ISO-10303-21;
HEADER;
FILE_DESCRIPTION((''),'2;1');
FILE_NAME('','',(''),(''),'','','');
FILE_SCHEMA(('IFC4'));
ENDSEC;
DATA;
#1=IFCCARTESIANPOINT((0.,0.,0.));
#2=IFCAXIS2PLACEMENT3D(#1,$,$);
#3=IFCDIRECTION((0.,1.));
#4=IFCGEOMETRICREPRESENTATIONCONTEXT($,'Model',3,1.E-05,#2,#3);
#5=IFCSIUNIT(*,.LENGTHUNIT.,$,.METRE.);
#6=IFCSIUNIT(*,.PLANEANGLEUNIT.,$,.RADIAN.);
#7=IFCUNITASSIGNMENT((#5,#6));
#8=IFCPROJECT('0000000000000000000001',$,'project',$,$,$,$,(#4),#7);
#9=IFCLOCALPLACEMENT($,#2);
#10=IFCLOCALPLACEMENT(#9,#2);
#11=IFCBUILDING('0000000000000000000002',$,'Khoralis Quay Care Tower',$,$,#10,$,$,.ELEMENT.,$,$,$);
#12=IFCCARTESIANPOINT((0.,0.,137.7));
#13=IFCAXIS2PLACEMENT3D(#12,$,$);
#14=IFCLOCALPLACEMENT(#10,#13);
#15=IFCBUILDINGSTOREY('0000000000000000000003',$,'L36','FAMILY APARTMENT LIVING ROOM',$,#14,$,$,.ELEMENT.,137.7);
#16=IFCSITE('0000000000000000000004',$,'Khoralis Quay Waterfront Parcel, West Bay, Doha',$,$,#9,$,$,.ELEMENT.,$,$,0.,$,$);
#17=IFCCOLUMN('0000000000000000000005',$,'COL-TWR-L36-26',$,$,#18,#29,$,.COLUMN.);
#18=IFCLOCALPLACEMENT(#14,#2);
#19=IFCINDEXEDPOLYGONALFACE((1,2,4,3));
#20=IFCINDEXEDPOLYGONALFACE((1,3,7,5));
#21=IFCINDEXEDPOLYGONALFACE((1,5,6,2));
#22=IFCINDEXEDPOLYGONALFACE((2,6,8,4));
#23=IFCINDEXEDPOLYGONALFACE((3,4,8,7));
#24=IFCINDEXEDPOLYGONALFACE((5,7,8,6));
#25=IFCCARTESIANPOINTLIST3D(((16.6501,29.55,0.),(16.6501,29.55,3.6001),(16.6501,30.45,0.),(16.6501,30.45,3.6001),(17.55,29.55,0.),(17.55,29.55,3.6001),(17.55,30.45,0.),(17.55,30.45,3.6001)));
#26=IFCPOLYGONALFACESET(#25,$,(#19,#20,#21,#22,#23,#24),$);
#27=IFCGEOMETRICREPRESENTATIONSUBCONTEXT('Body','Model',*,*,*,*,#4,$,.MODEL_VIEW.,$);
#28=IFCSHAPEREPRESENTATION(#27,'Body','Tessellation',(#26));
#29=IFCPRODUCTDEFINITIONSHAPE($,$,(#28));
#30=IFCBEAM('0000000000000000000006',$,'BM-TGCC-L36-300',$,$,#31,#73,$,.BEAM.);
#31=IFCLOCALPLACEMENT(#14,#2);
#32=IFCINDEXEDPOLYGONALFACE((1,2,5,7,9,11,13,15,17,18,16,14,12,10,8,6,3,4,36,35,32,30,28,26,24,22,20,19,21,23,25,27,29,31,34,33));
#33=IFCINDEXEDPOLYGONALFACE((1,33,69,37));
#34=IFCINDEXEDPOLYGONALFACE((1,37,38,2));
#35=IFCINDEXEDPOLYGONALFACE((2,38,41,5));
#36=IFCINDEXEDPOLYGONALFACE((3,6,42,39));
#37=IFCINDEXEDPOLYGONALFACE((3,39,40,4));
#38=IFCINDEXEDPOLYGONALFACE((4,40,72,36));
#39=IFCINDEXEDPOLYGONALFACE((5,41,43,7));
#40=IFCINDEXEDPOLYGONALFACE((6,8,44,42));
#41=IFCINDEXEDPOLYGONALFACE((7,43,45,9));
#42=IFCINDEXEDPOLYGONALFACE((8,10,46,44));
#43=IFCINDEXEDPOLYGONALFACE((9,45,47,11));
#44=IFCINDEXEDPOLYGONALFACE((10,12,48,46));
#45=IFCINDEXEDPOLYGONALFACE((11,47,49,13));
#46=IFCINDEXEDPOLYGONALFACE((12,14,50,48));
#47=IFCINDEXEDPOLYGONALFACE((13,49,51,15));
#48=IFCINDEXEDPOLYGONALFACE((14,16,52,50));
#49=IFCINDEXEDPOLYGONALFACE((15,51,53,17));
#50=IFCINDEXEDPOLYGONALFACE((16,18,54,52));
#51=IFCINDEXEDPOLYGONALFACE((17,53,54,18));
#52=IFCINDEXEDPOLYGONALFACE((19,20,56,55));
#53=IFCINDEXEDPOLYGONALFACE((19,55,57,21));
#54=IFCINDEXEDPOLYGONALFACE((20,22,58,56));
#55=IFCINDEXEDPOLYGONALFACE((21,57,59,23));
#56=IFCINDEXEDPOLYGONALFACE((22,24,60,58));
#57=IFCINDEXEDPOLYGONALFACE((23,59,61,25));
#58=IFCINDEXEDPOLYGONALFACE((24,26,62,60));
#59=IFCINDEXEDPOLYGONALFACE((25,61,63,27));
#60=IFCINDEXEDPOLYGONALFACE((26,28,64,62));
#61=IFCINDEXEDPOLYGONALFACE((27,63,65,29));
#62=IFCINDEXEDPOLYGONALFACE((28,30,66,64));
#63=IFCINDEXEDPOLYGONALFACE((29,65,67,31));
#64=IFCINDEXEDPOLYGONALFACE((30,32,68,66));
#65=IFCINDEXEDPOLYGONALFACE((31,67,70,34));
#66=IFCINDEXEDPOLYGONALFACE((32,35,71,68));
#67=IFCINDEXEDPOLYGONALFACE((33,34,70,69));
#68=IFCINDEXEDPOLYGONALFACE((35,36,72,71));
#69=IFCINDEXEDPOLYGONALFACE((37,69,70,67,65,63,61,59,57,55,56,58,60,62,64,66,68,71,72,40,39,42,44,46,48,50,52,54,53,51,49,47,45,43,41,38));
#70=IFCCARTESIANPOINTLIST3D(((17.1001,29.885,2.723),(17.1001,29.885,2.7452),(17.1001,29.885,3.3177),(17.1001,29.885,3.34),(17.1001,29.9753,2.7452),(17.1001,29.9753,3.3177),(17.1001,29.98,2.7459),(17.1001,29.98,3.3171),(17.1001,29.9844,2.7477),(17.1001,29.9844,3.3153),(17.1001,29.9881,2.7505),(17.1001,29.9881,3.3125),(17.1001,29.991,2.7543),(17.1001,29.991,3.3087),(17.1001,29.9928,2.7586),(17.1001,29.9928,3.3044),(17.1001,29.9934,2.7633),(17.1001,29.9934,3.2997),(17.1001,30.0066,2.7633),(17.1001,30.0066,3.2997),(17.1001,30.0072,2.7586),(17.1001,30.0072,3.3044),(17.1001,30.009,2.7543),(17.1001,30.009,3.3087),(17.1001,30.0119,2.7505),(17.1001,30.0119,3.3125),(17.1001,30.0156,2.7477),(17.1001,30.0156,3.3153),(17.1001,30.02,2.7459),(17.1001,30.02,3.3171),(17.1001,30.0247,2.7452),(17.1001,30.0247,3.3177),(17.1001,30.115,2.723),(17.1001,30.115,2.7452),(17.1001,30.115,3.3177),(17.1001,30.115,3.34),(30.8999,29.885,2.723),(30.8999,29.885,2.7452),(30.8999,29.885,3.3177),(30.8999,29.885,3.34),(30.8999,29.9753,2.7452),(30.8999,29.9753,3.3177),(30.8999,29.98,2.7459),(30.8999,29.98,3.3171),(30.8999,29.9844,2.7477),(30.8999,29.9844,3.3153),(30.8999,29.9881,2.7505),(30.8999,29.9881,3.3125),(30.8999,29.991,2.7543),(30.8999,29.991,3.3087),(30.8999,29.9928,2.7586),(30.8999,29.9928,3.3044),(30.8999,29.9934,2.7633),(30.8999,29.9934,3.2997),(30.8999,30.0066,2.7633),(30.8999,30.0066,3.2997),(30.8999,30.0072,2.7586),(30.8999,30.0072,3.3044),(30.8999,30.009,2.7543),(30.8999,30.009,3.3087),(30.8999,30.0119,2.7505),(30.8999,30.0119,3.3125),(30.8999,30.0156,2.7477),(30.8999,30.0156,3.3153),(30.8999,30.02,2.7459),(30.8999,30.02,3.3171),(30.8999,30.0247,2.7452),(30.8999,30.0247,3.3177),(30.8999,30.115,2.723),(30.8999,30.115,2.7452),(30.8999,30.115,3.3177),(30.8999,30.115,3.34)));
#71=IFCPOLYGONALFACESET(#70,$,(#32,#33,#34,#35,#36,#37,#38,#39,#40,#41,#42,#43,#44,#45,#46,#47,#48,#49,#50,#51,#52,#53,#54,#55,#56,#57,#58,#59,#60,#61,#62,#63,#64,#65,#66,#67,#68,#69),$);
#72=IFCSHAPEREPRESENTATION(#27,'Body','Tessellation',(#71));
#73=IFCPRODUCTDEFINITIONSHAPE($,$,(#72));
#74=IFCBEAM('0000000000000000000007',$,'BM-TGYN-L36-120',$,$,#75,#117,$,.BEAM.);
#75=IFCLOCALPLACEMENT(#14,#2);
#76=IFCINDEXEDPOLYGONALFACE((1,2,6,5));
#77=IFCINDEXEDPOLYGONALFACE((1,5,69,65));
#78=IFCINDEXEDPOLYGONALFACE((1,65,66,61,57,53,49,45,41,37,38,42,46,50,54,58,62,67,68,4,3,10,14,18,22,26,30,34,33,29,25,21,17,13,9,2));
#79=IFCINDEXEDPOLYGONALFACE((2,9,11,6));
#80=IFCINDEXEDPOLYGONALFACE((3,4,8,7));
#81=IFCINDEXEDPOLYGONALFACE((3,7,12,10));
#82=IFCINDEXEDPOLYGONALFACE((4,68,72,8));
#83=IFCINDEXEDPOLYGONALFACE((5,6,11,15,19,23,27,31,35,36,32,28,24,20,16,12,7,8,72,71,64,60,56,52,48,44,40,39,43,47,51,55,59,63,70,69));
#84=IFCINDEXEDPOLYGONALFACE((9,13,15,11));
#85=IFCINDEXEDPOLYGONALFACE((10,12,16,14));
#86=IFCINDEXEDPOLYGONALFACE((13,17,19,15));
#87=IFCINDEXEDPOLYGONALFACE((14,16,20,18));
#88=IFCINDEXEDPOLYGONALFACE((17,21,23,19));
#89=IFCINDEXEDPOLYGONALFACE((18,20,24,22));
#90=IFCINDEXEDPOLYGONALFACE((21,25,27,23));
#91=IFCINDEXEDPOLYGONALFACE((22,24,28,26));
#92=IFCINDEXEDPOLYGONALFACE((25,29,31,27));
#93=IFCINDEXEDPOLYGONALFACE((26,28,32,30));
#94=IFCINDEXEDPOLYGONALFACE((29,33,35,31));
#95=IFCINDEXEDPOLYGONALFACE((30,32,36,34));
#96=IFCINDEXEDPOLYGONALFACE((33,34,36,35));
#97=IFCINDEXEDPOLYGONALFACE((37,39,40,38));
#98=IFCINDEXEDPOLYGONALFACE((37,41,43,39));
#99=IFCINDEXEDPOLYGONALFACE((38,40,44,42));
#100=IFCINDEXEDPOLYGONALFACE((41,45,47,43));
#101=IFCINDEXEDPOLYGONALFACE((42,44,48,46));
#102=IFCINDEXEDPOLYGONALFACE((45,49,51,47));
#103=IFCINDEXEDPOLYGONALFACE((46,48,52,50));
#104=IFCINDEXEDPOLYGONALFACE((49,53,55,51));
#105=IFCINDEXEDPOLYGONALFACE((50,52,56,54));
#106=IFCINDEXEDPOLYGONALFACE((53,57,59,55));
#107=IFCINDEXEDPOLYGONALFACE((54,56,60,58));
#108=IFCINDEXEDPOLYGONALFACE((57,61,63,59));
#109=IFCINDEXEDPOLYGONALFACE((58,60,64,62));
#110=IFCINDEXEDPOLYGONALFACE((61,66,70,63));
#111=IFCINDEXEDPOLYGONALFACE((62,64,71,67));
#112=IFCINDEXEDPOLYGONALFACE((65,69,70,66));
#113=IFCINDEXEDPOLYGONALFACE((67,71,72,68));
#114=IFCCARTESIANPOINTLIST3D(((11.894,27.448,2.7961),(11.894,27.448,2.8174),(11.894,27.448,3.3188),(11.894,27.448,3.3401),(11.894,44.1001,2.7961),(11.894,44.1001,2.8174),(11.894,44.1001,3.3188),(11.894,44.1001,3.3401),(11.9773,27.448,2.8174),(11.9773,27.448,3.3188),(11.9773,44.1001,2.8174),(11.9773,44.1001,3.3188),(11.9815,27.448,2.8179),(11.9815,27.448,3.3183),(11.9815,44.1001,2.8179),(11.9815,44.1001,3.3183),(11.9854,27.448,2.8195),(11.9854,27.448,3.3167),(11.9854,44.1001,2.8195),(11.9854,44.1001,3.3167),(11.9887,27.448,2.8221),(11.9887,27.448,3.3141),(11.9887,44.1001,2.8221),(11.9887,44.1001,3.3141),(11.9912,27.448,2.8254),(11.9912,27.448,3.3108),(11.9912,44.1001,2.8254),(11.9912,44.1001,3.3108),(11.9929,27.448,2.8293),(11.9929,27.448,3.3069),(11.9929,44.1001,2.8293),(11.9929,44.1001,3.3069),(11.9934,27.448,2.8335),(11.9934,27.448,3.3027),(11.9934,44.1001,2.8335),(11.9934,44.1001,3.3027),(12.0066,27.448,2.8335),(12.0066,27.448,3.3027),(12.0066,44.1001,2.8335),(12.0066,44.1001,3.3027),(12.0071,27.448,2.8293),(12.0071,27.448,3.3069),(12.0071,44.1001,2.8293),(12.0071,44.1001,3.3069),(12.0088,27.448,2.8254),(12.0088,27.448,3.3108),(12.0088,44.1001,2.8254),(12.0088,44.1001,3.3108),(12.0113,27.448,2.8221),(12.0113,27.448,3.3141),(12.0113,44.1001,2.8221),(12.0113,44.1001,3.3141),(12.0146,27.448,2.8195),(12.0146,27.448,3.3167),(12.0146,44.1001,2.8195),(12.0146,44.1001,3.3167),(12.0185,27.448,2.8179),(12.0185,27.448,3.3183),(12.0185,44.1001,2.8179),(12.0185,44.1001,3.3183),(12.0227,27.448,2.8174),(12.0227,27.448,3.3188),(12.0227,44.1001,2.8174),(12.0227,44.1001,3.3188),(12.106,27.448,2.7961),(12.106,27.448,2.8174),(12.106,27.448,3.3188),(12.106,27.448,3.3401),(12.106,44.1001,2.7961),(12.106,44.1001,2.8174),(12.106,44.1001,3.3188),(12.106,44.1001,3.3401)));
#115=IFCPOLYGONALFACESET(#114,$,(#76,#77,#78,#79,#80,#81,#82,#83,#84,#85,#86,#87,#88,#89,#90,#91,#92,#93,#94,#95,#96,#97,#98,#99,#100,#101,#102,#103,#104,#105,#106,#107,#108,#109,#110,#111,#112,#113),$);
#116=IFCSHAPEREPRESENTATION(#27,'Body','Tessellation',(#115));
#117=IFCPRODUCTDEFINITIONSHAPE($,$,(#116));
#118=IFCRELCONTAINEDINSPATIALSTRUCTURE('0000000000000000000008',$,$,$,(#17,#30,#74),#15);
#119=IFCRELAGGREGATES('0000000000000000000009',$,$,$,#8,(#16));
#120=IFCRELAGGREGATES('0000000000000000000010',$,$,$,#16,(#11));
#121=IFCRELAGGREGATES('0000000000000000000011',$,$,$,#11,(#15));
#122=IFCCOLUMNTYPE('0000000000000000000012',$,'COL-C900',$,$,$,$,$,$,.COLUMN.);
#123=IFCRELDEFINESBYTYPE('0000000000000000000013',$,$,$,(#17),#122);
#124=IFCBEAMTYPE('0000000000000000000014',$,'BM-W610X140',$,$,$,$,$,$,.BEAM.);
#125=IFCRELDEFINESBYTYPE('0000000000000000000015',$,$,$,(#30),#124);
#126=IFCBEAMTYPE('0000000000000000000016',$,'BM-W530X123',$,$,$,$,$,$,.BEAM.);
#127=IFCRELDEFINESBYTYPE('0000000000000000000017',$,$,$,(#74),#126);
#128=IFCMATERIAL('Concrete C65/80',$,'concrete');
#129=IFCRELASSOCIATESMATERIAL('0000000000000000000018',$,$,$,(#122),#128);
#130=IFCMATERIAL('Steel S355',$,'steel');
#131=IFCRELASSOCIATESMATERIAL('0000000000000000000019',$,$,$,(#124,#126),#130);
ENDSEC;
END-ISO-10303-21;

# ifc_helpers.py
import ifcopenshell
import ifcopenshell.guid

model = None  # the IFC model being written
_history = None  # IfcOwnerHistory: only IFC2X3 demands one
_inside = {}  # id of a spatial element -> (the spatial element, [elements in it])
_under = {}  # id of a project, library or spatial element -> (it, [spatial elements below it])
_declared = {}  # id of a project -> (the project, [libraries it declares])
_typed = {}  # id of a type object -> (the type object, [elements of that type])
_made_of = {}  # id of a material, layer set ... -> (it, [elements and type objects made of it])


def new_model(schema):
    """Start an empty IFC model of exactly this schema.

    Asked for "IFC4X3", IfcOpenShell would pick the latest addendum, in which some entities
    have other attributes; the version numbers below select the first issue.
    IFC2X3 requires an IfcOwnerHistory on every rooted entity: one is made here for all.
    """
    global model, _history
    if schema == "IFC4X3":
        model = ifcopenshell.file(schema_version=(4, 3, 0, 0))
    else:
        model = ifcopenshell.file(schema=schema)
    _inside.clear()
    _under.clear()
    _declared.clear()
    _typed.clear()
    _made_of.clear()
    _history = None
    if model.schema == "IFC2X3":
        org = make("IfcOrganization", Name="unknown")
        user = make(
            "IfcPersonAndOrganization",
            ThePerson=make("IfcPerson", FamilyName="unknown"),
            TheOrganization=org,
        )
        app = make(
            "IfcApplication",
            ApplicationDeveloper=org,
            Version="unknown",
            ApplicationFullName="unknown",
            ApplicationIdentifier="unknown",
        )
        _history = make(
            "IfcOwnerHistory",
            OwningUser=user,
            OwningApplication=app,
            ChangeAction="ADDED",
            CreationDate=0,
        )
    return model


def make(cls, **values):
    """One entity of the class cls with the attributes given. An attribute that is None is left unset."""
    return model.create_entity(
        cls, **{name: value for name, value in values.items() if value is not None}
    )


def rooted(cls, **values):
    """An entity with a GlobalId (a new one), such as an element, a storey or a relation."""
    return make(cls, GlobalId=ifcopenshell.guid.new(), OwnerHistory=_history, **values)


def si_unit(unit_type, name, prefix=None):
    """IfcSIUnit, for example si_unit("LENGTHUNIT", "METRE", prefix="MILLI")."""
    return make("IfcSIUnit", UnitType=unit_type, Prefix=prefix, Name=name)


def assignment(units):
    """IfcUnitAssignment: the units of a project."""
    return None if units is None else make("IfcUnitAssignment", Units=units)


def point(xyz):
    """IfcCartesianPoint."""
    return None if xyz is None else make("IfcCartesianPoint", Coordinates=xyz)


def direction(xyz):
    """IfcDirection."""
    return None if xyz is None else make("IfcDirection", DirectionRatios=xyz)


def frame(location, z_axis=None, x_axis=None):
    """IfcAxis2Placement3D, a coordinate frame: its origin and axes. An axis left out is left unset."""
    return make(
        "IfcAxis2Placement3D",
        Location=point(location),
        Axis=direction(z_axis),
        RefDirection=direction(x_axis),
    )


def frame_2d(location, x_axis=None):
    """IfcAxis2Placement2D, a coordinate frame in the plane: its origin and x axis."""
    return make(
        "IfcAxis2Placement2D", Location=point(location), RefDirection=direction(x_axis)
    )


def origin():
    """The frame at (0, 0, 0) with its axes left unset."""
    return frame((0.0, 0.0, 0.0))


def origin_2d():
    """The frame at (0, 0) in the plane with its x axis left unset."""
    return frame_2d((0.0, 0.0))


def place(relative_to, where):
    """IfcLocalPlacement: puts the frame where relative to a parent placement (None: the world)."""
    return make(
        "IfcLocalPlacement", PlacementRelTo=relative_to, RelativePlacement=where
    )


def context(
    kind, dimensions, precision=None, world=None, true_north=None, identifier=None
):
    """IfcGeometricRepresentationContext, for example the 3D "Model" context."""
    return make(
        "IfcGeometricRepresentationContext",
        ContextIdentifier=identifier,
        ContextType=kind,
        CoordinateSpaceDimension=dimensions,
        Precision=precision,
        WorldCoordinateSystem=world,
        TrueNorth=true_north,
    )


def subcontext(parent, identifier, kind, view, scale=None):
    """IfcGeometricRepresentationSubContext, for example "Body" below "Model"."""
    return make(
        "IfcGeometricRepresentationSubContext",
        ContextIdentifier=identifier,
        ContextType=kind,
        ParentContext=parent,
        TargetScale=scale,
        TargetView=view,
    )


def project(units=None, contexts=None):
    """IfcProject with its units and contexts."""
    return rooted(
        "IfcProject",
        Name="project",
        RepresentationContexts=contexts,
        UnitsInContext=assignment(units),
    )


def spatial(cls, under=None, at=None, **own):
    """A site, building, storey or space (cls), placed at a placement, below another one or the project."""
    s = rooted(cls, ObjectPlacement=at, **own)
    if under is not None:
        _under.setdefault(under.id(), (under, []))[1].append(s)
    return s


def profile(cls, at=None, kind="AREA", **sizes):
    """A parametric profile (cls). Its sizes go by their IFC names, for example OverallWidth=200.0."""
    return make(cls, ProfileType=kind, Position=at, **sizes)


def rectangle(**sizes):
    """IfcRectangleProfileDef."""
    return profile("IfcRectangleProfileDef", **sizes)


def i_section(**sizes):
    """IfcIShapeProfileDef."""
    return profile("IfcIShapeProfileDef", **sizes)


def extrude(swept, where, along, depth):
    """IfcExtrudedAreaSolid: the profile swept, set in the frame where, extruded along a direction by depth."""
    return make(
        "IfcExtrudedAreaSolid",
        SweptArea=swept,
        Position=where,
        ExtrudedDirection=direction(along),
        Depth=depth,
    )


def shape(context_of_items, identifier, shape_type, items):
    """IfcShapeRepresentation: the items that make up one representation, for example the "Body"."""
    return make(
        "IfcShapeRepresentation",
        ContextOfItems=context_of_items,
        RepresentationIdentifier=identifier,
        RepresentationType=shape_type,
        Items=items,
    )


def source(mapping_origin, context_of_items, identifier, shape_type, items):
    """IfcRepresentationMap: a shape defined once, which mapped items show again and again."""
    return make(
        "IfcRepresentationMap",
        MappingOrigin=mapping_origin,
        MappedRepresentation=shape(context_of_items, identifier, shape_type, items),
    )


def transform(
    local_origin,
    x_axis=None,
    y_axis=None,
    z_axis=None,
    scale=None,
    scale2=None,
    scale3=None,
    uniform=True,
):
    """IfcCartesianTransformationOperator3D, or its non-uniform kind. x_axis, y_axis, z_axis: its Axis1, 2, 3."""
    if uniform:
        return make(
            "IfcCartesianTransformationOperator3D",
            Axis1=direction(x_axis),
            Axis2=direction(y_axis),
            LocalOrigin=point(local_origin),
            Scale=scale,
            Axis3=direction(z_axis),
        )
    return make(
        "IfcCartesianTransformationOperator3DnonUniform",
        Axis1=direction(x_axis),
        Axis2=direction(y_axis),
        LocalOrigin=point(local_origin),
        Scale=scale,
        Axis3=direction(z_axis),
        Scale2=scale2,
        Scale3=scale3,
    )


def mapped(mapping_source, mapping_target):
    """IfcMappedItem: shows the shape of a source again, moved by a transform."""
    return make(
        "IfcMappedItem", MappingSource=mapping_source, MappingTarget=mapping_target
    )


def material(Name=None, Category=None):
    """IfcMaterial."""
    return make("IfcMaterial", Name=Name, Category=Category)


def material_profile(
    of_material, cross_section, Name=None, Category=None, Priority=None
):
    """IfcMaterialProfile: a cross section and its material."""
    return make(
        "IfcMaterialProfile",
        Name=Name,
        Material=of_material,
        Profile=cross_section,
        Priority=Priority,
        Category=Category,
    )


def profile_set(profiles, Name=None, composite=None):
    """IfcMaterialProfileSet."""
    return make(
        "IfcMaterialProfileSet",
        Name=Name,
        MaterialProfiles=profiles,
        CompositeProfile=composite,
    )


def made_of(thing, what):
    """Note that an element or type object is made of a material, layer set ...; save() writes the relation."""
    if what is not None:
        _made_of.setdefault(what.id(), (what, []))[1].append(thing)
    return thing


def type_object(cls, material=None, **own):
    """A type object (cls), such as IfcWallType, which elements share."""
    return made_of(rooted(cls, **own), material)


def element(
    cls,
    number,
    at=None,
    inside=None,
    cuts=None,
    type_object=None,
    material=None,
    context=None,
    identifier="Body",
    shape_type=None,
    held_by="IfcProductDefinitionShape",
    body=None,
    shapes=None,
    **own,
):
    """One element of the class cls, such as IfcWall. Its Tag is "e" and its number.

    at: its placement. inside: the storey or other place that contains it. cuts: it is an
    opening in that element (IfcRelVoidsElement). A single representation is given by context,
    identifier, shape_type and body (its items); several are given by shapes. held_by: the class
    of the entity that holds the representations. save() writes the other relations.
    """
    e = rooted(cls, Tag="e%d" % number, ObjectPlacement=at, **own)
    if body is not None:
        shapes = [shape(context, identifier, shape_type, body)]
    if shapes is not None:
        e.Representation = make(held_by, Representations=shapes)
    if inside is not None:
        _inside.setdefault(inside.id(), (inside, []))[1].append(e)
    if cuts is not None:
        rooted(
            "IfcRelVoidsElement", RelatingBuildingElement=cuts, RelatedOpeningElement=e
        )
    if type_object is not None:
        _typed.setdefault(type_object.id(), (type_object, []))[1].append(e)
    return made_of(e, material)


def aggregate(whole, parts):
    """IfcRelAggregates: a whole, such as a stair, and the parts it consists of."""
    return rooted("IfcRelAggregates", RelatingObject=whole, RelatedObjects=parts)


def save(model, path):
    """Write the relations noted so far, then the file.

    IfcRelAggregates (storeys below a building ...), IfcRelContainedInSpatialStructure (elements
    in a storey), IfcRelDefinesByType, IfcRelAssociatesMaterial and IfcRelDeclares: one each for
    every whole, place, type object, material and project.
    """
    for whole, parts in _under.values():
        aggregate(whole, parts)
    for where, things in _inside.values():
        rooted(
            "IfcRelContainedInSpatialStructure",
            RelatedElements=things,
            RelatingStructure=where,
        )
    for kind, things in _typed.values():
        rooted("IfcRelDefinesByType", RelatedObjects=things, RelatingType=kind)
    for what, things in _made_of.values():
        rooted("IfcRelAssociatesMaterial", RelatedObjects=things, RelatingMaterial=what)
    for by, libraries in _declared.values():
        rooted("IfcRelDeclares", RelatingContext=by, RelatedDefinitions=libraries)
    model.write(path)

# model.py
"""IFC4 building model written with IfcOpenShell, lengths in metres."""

from ifc_helpers import new_model, si_unit, direction, frame, origin, origin_2d, place, context, subcontext, project, spatial, rectangle, i_section, extrude, source, transform, mapped, material, material_profile, profile_set, type_object, element, save


model = new_model("IFC4")

# Units and contexts
model_context = context("Model", 3, precision=1e-05, world=origin(), true_north=direction((0.0, 1.0)))
body_context = subcontext(model_context, "Body", "Model", "MODEL_VIEW")
ifc_project = project(units=[si_unit("LENGTHUNIT", "METRE"), si_unit("PLANEANGLEUNIT", "RADIAN")], contexts=[model_context])

# Site, building, storey
site_placement = place(None, origin())
site = spatial("IfcSite", under=ifc_project, at=site_placement, Name="Khoralis Quay Waterfront Parcel, West Bay, Doha", CompositionType="ELEMENT", RefElevation=0.0)
building_placement = place(site_placement, origin())
building = spatial("IfcBuilding", under=site, at=building_placement, Name="Khoralis Quay Care Tower", CompositionType="ELEMENT")
storey_placement = place(building_placement, frame((0.0, 0.0, 137.7)))
storey = spatial("IfcBuildingStorey", under=building, at=storey_placement, Name="L36", Description="FAMILY APARTMENT LIVING ROOM", CompositionType="ELEMENT", Elevation=137.7)

# Column
ifc_material_1 = material(Name="Concrete C65/80", Category="concrete")
ifc_material_profile_1 = material_profile(ifc_material_1, rectangle(XDim=0.8999, YDim=0.8999, at=origin_2d()), Name="Concrete C65/80")
ifc_profile_set_1 = profile_set([ifc_material_profile_1], Name="Concrete C65/80")
column_type = type_object("IfcColumnType", Name="COL-C900", PredefinedType="COLUMN", material=ifc_profile_set_1)
shared_shape_1 = source(origin(), body_context, "Body", "SweptSolid", [
    extrude(rectangle(XDim=0.8999, YDim=0.8999, at=origin_2d()), origin(), (0.0, 0.0, 1.0), 3.6001),
])
column_placement = place(storey_placement, frame((17.1001, 30.0, 0.0), z_axis=(0.0, 0.0, 1.0), x_axis=(1.0, 0.0, 0.0)))
element("IfcColumn", 1, at=column_placement, inside=storey, type_object=column_type, Name="COL-TWR-L36-26", PredefinedType="COLUMN", context=body_context, shape_type="MappedRepresentation", body=[
    mapped(shared_shape_1, transform((0.0, 0.0, 0.0), scale=1.0)),
])

# Beams
ifc_material_2 = material(Name="Steel S355", Category="steel")
ifc_material_profile_2 = material_profile(ifc_material_2, i_section(OverallWidth=0.23, OverallDepth=0.6169, WebThickness=0.0132, FlangeThickness=0.0222, FilletRadius=0.0181, at=origin_2d()), Name="Steel S355")
ifc_profile_set_2 = profile_set([ifc_material_profile_2], Name="Steel S355")
beam_type_1 = type_object("IfcBeamType", Name="BM-W610X140", PredefinedType="BEAM", material=ifc_profile_set_2)
shared_shape_2 = source(origin(), body_context, "Body", "SweptSolid", [
    extrude(i_section(OverallWidth=0.23, OverallDepth=0.6169, WebThickness=0.0132, FlangeThickness=0.0222, FilletRadius=0.0181, at=origin_2d()), origin(), (0.0, 0.0, 1.0), 13.7998),
])
beam_1_placement = place(storey_placement, frame((17.1001, 30.0, 3.0315), z_axis=(1.0, 0.0, 0.0), x_axis=(0.0, 1.0, 0.0)))
element("IfcBeam", 2, at=beam_1_placement, inside=storey, type_object=beam_type_1, Name="BM-TGCC-L36-300", PredefinedType="BEAM", context=body_context, shape_type="MappedRepresentation", body=[
    mapped(shared_shape_2, transform((0.0, 0.0, 0.0), scale=1.0)),
])
ifc_material_profile_3 = material_profile(ifc_material_2, i_section(OverallWidth=0.2119, OverallDepth=0.5439, WebThickness=0.0132, FlangeThickness=0.0212, FilletRadius=0.0161, at=origin_2d()), Name="Steel S355")
ifc_profile_set_3 = profile_set([ifc_material_profile_3], Name="Steel S355")
beam_type_2 = type_object("IfcBeamType", Name="BM-W530X123", PredefinedType="BEAM", material=ifc_profile_set_3)
shared_shape_3 = source(origin(), body_context, "Body", "SweptSolid", [
    extrude(i_section(OverallWidth=0.2119, OverallDepth=0.5439, WebThickness=0.0132, FlangeThickness=0.0212, FilletRadius=0.0161, at=origin_2d()), origin(), (0.0, 0.0, 1.0), 16.6521),
])
beam_2_placement = place(storey_placement, frame((12.0, 27.448, 3.0681), z_axis=(0.0, 1.0, 0.0), x_axis=(-1.0, 0.0, 0.0)))
element("IfcBeam", 3, at=beam_2_placement, inside=storey, type_object=beam_type_2, Name="BM-TGYN-L36-120", PredefinedType="BEAM", context=body_context, shape_type="MappedRepresentation", body=[
    mapped(shared_shape_3, transform((0.0, 0.0, 0.0), scale=1.0)),
])

save(model, "model.ifc")
